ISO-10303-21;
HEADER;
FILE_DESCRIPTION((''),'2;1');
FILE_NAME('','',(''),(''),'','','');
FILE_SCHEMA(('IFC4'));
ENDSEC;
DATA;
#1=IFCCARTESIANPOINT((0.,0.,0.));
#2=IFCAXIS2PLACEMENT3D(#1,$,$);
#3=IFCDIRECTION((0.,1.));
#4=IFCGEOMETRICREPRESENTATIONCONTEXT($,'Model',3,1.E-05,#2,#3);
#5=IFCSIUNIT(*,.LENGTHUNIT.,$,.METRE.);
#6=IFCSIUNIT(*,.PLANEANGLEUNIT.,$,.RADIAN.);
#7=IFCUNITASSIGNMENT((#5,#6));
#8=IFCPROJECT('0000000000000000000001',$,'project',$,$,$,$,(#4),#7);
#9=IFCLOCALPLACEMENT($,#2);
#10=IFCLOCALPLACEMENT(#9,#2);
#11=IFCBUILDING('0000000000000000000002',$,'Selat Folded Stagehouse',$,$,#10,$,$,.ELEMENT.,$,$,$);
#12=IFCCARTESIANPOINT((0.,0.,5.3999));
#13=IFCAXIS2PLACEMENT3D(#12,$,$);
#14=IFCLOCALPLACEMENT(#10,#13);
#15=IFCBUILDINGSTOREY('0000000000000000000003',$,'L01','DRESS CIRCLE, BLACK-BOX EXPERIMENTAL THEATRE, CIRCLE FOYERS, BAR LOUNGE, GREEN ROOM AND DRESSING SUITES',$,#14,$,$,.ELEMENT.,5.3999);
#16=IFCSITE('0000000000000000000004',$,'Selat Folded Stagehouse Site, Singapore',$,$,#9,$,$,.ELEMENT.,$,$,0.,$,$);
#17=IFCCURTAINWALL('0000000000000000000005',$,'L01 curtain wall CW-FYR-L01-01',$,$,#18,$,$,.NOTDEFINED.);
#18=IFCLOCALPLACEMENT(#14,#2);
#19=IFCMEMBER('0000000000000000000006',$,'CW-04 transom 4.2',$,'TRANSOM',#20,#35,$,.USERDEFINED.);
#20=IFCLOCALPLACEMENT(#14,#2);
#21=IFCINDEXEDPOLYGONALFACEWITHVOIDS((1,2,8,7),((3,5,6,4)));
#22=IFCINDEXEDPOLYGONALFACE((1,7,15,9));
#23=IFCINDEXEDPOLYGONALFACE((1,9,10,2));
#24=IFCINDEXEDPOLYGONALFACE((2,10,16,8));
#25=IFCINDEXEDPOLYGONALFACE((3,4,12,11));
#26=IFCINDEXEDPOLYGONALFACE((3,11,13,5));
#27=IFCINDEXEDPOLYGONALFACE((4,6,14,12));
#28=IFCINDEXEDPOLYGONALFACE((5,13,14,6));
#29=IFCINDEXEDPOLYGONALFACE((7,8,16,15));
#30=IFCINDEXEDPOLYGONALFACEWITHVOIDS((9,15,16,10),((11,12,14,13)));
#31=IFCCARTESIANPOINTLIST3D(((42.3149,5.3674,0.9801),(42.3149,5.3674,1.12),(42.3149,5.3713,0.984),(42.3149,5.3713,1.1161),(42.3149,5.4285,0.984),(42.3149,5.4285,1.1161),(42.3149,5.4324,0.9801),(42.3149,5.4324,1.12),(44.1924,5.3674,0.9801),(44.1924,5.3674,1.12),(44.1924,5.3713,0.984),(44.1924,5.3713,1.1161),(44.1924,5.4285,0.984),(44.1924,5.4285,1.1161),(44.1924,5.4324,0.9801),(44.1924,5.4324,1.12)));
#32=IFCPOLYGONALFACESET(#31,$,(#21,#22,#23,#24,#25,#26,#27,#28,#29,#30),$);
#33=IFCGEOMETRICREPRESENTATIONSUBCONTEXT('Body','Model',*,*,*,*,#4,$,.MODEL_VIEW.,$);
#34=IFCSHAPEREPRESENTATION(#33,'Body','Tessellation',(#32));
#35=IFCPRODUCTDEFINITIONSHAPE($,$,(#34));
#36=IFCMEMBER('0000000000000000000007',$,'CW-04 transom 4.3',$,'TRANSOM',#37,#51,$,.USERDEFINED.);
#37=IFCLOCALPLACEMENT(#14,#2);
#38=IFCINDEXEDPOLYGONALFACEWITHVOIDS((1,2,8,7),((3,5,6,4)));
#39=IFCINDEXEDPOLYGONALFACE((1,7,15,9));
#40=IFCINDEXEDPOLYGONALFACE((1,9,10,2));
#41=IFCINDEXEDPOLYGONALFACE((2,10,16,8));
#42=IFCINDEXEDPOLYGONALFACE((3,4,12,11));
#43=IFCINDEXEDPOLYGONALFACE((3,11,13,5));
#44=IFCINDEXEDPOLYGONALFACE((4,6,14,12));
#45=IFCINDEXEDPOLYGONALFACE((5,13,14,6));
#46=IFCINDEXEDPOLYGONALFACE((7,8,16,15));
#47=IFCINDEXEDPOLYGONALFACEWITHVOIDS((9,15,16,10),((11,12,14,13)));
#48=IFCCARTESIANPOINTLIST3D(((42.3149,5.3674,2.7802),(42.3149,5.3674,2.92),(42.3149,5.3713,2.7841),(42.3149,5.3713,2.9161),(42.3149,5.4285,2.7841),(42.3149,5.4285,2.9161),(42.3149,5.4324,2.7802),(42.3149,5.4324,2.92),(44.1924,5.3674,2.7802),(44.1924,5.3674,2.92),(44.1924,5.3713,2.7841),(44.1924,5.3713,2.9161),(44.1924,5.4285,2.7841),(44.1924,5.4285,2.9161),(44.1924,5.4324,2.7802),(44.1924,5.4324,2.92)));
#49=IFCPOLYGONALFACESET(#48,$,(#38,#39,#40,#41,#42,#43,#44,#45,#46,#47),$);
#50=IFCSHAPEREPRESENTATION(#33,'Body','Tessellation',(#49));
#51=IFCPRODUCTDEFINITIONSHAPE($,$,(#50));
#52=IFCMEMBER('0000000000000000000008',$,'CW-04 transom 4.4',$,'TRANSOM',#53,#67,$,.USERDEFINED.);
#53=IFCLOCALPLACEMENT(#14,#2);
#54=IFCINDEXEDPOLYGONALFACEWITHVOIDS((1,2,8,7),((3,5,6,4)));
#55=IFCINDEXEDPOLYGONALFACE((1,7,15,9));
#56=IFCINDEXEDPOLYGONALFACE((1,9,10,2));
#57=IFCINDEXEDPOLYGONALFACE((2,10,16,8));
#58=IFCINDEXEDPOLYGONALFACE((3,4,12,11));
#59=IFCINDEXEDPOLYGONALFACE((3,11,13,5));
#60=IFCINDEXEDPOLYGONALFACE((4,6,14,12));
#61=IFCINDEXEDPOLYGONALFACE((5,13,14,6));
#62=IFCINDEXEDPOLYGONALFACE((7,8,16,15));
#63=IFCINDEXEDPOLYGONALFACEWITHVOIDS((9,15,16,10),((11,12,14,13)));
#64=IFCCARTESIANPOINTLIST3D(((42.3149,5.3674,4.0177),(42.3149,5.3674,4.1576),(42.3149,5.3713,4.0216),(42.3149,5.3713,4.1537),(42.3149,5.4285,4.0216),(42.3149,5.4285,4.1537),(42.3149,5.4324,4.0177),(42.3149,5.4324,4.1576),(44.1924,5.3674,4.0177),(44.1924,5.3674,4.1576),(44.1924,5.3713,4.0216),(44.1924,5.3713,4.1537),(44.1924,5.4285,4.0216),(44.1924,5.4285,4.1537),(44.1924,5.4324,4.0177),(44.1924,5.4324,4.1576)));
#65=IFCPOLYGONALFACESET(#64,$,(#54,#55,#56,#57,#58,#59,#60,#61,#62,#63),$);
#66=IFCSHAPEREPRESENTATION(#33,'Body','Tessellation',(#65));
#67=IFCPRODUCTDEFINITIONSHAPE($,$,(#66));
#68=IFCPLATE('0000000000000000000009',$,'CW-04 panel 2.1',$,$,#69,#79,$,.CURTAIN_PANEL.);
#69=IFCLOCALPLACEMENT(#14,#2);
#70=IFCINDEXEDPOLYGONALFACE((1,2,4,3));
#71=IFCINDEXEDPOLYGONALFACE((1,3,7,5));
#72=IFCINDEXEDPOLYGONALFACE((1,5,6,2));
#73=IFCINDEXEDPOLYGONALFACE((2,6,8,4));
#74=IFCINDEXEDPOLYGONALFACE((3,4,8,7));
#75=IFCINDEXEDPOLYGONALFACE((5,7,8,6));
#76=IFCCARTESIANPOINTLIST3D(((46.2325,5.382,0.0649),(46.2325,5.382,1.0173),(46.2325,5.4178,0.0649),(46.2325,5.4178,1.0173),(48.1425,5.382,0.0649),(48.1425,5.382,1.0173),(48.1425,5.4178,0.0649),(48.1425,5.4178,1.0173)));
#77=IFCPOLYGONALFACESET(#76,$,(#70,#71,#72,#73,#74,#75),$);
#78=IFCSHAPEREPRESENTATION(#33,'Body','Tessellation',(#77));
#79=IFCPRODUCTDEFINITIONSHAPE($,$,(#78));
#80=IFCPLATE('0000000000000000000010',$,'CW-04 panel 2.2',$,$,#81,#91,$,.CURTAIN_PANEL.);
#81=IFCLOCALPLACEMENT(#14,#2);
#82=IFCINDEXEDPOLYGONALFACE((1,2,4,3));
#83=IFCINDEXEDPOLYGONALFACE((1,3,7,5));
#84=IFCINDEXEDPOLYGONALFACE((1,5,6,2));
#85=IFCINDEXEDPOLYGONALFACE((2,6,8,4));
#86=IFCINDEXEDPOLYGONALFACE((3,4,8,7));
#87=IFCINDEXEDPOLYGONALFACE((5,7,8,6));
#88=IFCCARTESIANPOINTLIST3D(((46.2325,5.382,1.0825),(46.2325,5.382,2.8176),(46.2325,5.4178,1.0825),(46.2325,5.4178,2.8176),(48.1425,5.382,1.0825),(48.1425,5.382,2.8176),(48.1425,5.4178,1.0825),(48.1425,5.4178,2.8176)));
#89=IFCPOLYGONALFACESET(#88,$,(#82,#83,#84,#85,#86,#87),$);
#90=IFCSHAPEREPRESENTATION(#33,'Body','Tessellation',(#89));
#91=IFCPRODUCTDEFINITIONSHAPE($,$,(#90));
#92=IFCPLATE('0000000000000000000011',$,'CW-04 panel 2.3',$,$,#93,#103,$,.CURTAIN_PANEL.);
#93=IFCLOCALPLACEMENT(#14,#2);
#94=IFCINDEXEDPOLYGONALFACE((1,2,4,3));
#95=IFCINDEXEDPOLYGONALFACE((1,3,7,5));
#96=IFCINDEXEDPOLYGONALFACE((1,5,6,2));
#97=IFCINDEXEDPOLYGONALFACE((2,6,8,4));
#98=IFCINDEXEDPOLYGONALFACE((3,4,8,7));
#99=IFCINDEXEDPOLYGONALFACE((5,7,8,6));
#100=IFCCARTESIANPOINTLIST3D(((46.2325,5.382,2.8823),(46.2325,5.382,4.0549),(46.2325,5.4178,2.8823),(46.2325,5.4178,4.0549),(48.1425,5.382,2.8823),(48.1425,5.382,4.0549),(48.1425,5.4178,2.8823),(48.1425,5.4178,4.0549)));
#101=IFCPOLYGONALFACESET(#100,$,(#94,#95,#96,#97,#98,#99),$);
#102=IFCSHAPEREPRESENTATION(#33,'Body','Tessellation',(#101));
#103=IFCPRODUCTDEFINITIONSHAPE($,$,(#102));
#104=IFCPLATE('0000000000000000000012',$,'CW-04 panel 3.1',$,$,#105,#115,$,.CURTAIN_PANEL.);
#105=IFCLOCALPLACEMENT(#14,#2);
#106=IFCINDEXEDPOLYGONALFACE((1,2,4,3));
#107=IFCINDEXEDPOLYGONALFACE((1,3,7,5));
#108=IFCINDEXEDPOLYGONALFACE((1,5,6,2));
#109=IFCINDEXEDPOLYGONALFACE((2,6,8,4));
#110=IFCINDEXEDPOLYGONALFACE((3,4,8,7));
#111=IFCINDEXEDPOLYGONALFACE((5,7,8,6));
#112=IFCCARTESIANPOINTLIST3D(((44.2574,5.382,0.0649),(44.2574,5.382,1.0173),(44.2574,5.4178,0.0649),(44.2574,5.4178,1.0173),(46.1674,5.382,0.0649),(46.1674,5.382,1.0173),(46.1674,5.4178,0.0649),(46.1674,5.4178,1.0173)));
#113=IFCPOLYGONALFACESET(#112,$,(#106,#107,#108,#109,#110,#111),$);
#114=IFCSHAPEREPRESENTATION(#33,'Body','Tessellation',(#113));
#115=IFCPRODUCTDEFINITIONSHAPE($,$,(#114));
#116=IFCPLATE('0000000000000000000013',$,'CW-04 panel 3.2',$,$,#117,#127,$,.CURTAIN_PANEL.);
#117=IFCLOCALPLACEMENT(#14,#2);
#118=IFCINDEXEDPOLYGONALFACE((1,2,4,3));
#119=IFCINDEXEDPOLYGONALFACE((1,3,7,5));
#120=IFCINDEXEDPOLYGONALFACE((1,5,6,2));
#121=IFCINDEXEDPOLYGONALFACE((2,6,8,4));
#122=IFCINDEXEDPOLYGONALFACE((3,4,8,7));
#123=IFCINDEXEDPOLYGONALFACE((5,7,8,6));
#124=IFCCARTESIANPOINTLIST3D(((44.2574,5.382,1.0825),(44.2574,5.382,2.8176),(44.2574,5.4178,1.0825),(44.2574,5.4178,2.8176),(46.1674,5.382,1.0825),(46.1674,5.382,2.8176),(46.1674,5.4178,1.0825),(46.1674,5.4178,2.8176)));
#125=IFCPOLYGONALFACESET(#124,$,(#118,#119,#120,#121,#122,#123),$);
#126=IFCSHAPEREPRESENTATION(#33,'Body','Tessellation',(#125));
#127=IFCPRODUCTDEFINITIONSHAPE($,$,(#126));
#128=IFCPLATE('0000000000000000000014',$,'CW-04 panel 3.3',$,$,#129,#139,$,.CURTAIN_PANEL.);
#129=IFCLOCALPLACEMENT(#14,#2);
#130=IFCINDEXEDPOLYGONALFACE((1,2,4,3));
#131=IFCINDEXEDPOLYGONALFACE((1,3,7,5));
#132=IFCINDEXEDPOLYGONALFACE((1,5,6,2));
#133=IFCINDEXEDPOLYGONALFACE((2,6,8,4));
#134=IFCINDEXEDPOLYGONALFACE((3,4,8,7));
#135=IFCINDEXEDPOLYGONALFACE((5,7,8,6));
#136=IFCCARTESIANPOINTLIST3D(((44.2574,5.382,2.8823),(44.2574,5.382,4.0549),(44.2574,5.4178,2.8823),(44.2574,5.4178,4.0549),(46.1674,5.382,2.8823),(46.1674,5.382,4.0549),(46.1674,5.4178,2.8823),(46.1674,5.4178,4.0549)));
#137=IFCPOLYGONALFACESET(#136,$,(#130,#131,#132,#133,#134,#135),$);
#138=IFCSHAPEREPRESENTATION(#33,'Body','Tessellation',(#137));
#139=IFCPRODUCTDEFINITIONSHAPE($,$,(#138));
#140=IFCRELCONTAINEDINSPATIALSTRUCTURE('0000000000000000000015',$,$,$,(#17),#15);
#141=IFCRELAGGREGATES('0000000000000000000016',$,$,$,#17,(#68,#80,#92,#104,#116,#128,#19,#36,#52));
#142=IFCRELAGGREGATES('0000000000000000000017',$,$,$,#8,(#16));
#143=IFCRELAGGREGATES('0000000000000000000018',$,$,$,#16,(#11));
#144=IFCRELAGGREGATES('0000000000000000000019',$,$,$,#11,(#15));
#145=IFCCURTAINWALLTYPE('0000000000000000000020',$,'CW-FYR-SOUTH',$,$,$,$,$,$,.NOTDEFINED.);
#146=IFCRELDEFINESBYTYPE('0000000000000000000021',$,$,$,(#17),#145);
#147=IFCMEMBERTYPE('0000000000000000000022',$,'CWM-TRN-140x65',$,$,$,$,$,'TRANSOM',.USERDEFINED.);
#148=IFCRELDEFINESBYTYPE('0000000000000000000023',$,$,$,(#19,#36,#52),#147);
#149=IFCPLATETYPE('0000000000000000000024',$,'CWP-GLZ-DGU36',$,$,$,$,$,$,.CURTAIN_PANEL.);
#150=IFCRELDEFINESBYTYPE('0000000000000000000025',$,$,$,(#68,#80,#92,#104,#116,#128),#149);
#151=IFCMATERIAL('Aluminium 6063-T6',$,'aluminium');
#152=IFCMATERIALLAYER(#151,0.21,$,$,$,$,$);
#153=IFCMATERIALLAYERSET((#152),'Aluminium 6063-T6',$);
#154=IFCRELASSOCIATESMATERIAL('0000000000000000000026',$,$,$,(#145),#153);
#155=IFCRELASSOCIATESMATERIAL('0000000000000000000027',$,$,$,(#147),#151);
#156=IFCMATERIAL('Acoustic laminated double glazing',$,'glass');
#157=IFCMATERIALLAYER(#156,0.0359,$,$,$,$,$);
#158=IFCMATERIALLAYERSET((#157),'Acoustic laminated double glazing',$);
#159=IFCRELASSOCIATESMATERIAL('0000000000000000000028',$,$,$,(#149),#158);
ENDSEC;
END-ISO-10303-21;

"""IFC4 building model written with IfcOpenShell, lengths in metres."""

from ifc_helpers import new_model, si_unit, direction, frame, origin, origin_2d, place, context, subcontext, project, spatial, rectangle, hollow_rectangle, extrude, material, layer, layer_set, material_profile, profile_set, type_object, element, aggregate, save


model = new_model("IFC4")

# Units and contexts
model_context = context("Model", 3, precision=1e-05, world=origin(), true_north=direction((0.0, 1.0)))
body_context = subcontext(model_context, "Body", "Model", "MODEL_VIEW")
ifc_project = project(units=[si_unit("LENGTHUNIT", "METRE"), si_unit("PLANEANGLEUNIT", "RADIAN")], contexts=[model_context])

# Site, building, storey
site_placement = place(None, origin())
site = spatial("IfcSite", under=ifc_project, at=site_placement, Name="Selat Folded Stagehouse Site, Singapore", CompositionType="ELEMENT", RefElevation=0.0)
building_placement = place(site_placement, origin())
building = spatial("IfcBuilding", under=site, at=building_placement, Name="Selat Folded Stagehouse", CompositionType="ELEMENT")
storey_placement = place(building_placement, frame((0.0, 0.0, 5.3999)))
storey = spatial("IfcBuildingStorey", under=building, at=storey_placement, Name="L01", Description="DRESS CIRCLE, BLACK-BOX EXPERIMENTAL THEATRE, CIRCLE FOYERS, BAR LOUNGE, GREEN ROOM AND DRESSING SUITES", CompositionType="ELEMENT", Elevation=5.3999)

# Curtain wall, members, plates
ifc_material_1 = material(Name="Aluminium 6063-T6", Category="aluminium")
ifc_layer_1 = layer(ifc_material_1, 0.21)
ifc_layer_set_1 = layer_set([ifc_layer_1], Name="Aluminium 6063-T6")
curtain_wall_type = type_object("IfcCurtainWallType", Name="CW-FYR-SOUTH", PredefinedType="NOTDEFINED", material=ifc_layer_set_1)
curtain_wall_placement = place(storey_placement, origin())
curtain_wall = element("IfcCurtainWall", 1, at=curtain_wall_placement, inside=storey, type_object=curtain_wall_type, Name="L01 curtain wall CW-FYR-L01-01", PredefinedType="NOTDEFINED")
ifc_material_profile_1 = material_profile(ifc_material_1, hollow_rectangle(XDim=0.0649, YDim=0.1399, WallThickness=0.0039, at=origin_2d()), Name="ALU 140x65x4.0")
ifc_profile_set_1 = profile_set([ifc_material_profile_1], Name="Aluminium 6063-T6")
member_type_1 = type_object("IfcMemberType", Name="CWM-TRN-140x65", ElementType="TRANSOM", PredefinedType="USERDEFINED", material=ifc_profile_set_1)
member_1_placement = place(storey_placement, frame((44.1924, 5.3999, 1.05), z_axis=(-1.0, 0.0, 0.0), x_axis=(0.0, -1.0, 0.0)))
member_1 = element("IfcMember", 2, at=member_1_placement, type_object=member_type_1, Name="CW-04 transom 4.2", ObjectType="TRANSOM", PredefinedType="USERDEFINED", context=body_context, shape_type="SweptSolid", body=[
    extrude(hollow_rectangle(XDim=0.0649, YDim=0.1399, WallThickness=0.0039, at=origin_2d()), origin(), (0.0, 0.0, 1.0), 1.8774),
])
member_2_placement = place(storey_placement, frame((44.1924, 5.3999, 2.8501), z_axis=(-1.0, 0.0, 0.0), x_axis=(0.0, -1.0, 0.0)))
member_2 = element("IfcMember", 3, at=member_2_placement, type_object=member_type_1, Name="CW-04 transom 4.3", ObjectType="TRANSOM", PredefinedType="USERDEFINED", context=body_context, shape_type="SweptSolid", body=[
    extrude(hollow_rectangle(XDim=0.0649, YDim=0.1399, WallThickness=0.0039, at=origin_2d()), origin(), (0.0, 0.0, 1.0), 1.8774),
])
member_3_placement = place(storey_placement, frame((44.1924, 5.3999, 4.0876), z_axis=(-1.0, 0.0, 0.0), x_axis=(0.0, -1.0, 0.0)))
member_3 = element("IfcMember", 4, at=member_3_placement, type_object=member_type_1, Name="CW-04 transom 4.4", ObjectType="TRANSOM", PredefinedType="USERDEFINED", context=body_context, shape_type="SweptSolid", body=[
    extrude(hollow_rectangle(XDim=0.0649, YDim=0.1399, WallThickness=0.0039, at=origin_2d()), origin(), (0.0, 0.0, 1.0), 1.8774),
])
ifc_material_2 = material(Name="Acoustic laminated double glazing", Category="glass")
ifc_layer_2 = layer(ifc_material_2, 0.0359)
ifc_layer_set_2 = layer_set([ifc_layer_2], Name="Acoustic laminated double glazing")
plate_type = type_object("IfcPlateType", Name="CWP-GLZ-DGU36", PredefinedType="CURTAIN_PANEL", material=ifc_layer_set_2)
plate_1_placement = place(storey_placement, frame((47.1875, 5.3999, 0.0649), z_axis=(0.0, 0.0, 1.0), x_axis=(-1.0, 0.0, 0.0)))
plate_1 = element("IfcPlate", 5, at=plate_1_placement, type_object=plate_type, Name="CW-04 panel 2.1", PredefinedType="CURTAIN_PANEL", context=body_context, shape_type="SweptSolid", body=[
    extrude(rectangle(XDim=1.9099, YDim=0.0359, at=origin_2d()), origin(), (0.0, 0.0, 1.0), 0.9524),
])
plate_2_placement = place(storey_placement, frame((47.1875, 5.3999, 1.0825), z_axis=(0.0, 0.0, 1.0), x_axis=(-1.0, 0.0, 0.0)))
plate_2 = element("IfcPlate", 6, at=plate_2_placement, type_object=plate_type, Name="CW-04 panel 2.2", PredefinedType="CURTAIN_PANEL", context=body_context, shape_type="SweptSolid", body=[
    extrude(rectangle(XDim=1.9099, YDim=0.0359, at=origin_2d()), origin(), (0.0, 0.0, 1.0), 1.7351),
])
plate_3_placement = place(storey_placement, frame((47.1875, 5.3999, 2.8823), z_axis=(0.0, 0.0, 1.0), x_axis=(-1.0, 0.0, 0.0)))
plate_3 = element("IfcPlate", 7, at=plate_3_placement, type_object=plate_type, Name="CW-04 panel 2.3", PredefinedType="CURTAIN_PANEL", context=body_context, shape_type="SweptSolid", body=[
    extrude(rectangle(XDim=1.9099, YDim=0.0359, at=origin_2d()), origin(), (0.0, 0.0, 1.0), 1.1726),
])
plate_4_placement = place(storey_placement, frame((45.2124, 5.3999, 0.0649), z_axis=(0.0, 0.0, 1.0), x_axis=(-1.0, 0.0, 0.0)))
plate_4 = element("IfcPlate", 8, at=plate_4_placement, type_object=plate_type, Name="CW-04 panel 3.1", PredefinedType="CURTAIN_PANEL", context=body_context, shape_type="SweptSolid", body=[
    extrude(rectangle(XDim=1.9099, YDim=0.0359, at=origin_2d()), origin(), (0.0, 0.0, 1.0), 0.9524),
])
plate_5_placement = place(storey_placement, frame((45.2124, 5.3999, 1.0825), z_axis=(0.0, 0.0, 1.0), x_axis=(-1.0, 0.0, 0.0)))
plate_5 = element("IfcPlate", 9, at=plate_5_placement, type_object=plate_type, Name="CW-04 panel 3.2", PredefinedType="CURTAIN_PANEL", context=body_context, shape_type="SweptSolid", body=[
    extrude(rectangle(XDim=1.9099, YDim=0.0359, at=origin_2d()), origin(), (0.0, 0.0, 1.0), 1.7351),
])
plate_6_placement = place(storey_placement, frame((45.2124, 5.3999, 2.8823), z_axis=(0.0, 0.0, 1.0), x_axis=(-1.0, 0.0, 0.0)))
plate_6 = element("IfcPlate", 10, at=plate_6_placement, type_object=plate_type, Name="CW-04 panel 3.3", PredefinedType="CURTAIN_PANEL", context=body_context, shape_type="SweptSolid", body=[
    extrude(rectangle(XDim=1.9099, YDim=0.0359, at=origin_2d()), origin(), (0.0, 0.0, 1.0), 1.1726),
])
aggregate(curtain_wall, [plate_1, plate_2, plate_3, plate_4, plate_5, plate_6, member_1, member_2, member_3])

save(model, "model.ifc")
